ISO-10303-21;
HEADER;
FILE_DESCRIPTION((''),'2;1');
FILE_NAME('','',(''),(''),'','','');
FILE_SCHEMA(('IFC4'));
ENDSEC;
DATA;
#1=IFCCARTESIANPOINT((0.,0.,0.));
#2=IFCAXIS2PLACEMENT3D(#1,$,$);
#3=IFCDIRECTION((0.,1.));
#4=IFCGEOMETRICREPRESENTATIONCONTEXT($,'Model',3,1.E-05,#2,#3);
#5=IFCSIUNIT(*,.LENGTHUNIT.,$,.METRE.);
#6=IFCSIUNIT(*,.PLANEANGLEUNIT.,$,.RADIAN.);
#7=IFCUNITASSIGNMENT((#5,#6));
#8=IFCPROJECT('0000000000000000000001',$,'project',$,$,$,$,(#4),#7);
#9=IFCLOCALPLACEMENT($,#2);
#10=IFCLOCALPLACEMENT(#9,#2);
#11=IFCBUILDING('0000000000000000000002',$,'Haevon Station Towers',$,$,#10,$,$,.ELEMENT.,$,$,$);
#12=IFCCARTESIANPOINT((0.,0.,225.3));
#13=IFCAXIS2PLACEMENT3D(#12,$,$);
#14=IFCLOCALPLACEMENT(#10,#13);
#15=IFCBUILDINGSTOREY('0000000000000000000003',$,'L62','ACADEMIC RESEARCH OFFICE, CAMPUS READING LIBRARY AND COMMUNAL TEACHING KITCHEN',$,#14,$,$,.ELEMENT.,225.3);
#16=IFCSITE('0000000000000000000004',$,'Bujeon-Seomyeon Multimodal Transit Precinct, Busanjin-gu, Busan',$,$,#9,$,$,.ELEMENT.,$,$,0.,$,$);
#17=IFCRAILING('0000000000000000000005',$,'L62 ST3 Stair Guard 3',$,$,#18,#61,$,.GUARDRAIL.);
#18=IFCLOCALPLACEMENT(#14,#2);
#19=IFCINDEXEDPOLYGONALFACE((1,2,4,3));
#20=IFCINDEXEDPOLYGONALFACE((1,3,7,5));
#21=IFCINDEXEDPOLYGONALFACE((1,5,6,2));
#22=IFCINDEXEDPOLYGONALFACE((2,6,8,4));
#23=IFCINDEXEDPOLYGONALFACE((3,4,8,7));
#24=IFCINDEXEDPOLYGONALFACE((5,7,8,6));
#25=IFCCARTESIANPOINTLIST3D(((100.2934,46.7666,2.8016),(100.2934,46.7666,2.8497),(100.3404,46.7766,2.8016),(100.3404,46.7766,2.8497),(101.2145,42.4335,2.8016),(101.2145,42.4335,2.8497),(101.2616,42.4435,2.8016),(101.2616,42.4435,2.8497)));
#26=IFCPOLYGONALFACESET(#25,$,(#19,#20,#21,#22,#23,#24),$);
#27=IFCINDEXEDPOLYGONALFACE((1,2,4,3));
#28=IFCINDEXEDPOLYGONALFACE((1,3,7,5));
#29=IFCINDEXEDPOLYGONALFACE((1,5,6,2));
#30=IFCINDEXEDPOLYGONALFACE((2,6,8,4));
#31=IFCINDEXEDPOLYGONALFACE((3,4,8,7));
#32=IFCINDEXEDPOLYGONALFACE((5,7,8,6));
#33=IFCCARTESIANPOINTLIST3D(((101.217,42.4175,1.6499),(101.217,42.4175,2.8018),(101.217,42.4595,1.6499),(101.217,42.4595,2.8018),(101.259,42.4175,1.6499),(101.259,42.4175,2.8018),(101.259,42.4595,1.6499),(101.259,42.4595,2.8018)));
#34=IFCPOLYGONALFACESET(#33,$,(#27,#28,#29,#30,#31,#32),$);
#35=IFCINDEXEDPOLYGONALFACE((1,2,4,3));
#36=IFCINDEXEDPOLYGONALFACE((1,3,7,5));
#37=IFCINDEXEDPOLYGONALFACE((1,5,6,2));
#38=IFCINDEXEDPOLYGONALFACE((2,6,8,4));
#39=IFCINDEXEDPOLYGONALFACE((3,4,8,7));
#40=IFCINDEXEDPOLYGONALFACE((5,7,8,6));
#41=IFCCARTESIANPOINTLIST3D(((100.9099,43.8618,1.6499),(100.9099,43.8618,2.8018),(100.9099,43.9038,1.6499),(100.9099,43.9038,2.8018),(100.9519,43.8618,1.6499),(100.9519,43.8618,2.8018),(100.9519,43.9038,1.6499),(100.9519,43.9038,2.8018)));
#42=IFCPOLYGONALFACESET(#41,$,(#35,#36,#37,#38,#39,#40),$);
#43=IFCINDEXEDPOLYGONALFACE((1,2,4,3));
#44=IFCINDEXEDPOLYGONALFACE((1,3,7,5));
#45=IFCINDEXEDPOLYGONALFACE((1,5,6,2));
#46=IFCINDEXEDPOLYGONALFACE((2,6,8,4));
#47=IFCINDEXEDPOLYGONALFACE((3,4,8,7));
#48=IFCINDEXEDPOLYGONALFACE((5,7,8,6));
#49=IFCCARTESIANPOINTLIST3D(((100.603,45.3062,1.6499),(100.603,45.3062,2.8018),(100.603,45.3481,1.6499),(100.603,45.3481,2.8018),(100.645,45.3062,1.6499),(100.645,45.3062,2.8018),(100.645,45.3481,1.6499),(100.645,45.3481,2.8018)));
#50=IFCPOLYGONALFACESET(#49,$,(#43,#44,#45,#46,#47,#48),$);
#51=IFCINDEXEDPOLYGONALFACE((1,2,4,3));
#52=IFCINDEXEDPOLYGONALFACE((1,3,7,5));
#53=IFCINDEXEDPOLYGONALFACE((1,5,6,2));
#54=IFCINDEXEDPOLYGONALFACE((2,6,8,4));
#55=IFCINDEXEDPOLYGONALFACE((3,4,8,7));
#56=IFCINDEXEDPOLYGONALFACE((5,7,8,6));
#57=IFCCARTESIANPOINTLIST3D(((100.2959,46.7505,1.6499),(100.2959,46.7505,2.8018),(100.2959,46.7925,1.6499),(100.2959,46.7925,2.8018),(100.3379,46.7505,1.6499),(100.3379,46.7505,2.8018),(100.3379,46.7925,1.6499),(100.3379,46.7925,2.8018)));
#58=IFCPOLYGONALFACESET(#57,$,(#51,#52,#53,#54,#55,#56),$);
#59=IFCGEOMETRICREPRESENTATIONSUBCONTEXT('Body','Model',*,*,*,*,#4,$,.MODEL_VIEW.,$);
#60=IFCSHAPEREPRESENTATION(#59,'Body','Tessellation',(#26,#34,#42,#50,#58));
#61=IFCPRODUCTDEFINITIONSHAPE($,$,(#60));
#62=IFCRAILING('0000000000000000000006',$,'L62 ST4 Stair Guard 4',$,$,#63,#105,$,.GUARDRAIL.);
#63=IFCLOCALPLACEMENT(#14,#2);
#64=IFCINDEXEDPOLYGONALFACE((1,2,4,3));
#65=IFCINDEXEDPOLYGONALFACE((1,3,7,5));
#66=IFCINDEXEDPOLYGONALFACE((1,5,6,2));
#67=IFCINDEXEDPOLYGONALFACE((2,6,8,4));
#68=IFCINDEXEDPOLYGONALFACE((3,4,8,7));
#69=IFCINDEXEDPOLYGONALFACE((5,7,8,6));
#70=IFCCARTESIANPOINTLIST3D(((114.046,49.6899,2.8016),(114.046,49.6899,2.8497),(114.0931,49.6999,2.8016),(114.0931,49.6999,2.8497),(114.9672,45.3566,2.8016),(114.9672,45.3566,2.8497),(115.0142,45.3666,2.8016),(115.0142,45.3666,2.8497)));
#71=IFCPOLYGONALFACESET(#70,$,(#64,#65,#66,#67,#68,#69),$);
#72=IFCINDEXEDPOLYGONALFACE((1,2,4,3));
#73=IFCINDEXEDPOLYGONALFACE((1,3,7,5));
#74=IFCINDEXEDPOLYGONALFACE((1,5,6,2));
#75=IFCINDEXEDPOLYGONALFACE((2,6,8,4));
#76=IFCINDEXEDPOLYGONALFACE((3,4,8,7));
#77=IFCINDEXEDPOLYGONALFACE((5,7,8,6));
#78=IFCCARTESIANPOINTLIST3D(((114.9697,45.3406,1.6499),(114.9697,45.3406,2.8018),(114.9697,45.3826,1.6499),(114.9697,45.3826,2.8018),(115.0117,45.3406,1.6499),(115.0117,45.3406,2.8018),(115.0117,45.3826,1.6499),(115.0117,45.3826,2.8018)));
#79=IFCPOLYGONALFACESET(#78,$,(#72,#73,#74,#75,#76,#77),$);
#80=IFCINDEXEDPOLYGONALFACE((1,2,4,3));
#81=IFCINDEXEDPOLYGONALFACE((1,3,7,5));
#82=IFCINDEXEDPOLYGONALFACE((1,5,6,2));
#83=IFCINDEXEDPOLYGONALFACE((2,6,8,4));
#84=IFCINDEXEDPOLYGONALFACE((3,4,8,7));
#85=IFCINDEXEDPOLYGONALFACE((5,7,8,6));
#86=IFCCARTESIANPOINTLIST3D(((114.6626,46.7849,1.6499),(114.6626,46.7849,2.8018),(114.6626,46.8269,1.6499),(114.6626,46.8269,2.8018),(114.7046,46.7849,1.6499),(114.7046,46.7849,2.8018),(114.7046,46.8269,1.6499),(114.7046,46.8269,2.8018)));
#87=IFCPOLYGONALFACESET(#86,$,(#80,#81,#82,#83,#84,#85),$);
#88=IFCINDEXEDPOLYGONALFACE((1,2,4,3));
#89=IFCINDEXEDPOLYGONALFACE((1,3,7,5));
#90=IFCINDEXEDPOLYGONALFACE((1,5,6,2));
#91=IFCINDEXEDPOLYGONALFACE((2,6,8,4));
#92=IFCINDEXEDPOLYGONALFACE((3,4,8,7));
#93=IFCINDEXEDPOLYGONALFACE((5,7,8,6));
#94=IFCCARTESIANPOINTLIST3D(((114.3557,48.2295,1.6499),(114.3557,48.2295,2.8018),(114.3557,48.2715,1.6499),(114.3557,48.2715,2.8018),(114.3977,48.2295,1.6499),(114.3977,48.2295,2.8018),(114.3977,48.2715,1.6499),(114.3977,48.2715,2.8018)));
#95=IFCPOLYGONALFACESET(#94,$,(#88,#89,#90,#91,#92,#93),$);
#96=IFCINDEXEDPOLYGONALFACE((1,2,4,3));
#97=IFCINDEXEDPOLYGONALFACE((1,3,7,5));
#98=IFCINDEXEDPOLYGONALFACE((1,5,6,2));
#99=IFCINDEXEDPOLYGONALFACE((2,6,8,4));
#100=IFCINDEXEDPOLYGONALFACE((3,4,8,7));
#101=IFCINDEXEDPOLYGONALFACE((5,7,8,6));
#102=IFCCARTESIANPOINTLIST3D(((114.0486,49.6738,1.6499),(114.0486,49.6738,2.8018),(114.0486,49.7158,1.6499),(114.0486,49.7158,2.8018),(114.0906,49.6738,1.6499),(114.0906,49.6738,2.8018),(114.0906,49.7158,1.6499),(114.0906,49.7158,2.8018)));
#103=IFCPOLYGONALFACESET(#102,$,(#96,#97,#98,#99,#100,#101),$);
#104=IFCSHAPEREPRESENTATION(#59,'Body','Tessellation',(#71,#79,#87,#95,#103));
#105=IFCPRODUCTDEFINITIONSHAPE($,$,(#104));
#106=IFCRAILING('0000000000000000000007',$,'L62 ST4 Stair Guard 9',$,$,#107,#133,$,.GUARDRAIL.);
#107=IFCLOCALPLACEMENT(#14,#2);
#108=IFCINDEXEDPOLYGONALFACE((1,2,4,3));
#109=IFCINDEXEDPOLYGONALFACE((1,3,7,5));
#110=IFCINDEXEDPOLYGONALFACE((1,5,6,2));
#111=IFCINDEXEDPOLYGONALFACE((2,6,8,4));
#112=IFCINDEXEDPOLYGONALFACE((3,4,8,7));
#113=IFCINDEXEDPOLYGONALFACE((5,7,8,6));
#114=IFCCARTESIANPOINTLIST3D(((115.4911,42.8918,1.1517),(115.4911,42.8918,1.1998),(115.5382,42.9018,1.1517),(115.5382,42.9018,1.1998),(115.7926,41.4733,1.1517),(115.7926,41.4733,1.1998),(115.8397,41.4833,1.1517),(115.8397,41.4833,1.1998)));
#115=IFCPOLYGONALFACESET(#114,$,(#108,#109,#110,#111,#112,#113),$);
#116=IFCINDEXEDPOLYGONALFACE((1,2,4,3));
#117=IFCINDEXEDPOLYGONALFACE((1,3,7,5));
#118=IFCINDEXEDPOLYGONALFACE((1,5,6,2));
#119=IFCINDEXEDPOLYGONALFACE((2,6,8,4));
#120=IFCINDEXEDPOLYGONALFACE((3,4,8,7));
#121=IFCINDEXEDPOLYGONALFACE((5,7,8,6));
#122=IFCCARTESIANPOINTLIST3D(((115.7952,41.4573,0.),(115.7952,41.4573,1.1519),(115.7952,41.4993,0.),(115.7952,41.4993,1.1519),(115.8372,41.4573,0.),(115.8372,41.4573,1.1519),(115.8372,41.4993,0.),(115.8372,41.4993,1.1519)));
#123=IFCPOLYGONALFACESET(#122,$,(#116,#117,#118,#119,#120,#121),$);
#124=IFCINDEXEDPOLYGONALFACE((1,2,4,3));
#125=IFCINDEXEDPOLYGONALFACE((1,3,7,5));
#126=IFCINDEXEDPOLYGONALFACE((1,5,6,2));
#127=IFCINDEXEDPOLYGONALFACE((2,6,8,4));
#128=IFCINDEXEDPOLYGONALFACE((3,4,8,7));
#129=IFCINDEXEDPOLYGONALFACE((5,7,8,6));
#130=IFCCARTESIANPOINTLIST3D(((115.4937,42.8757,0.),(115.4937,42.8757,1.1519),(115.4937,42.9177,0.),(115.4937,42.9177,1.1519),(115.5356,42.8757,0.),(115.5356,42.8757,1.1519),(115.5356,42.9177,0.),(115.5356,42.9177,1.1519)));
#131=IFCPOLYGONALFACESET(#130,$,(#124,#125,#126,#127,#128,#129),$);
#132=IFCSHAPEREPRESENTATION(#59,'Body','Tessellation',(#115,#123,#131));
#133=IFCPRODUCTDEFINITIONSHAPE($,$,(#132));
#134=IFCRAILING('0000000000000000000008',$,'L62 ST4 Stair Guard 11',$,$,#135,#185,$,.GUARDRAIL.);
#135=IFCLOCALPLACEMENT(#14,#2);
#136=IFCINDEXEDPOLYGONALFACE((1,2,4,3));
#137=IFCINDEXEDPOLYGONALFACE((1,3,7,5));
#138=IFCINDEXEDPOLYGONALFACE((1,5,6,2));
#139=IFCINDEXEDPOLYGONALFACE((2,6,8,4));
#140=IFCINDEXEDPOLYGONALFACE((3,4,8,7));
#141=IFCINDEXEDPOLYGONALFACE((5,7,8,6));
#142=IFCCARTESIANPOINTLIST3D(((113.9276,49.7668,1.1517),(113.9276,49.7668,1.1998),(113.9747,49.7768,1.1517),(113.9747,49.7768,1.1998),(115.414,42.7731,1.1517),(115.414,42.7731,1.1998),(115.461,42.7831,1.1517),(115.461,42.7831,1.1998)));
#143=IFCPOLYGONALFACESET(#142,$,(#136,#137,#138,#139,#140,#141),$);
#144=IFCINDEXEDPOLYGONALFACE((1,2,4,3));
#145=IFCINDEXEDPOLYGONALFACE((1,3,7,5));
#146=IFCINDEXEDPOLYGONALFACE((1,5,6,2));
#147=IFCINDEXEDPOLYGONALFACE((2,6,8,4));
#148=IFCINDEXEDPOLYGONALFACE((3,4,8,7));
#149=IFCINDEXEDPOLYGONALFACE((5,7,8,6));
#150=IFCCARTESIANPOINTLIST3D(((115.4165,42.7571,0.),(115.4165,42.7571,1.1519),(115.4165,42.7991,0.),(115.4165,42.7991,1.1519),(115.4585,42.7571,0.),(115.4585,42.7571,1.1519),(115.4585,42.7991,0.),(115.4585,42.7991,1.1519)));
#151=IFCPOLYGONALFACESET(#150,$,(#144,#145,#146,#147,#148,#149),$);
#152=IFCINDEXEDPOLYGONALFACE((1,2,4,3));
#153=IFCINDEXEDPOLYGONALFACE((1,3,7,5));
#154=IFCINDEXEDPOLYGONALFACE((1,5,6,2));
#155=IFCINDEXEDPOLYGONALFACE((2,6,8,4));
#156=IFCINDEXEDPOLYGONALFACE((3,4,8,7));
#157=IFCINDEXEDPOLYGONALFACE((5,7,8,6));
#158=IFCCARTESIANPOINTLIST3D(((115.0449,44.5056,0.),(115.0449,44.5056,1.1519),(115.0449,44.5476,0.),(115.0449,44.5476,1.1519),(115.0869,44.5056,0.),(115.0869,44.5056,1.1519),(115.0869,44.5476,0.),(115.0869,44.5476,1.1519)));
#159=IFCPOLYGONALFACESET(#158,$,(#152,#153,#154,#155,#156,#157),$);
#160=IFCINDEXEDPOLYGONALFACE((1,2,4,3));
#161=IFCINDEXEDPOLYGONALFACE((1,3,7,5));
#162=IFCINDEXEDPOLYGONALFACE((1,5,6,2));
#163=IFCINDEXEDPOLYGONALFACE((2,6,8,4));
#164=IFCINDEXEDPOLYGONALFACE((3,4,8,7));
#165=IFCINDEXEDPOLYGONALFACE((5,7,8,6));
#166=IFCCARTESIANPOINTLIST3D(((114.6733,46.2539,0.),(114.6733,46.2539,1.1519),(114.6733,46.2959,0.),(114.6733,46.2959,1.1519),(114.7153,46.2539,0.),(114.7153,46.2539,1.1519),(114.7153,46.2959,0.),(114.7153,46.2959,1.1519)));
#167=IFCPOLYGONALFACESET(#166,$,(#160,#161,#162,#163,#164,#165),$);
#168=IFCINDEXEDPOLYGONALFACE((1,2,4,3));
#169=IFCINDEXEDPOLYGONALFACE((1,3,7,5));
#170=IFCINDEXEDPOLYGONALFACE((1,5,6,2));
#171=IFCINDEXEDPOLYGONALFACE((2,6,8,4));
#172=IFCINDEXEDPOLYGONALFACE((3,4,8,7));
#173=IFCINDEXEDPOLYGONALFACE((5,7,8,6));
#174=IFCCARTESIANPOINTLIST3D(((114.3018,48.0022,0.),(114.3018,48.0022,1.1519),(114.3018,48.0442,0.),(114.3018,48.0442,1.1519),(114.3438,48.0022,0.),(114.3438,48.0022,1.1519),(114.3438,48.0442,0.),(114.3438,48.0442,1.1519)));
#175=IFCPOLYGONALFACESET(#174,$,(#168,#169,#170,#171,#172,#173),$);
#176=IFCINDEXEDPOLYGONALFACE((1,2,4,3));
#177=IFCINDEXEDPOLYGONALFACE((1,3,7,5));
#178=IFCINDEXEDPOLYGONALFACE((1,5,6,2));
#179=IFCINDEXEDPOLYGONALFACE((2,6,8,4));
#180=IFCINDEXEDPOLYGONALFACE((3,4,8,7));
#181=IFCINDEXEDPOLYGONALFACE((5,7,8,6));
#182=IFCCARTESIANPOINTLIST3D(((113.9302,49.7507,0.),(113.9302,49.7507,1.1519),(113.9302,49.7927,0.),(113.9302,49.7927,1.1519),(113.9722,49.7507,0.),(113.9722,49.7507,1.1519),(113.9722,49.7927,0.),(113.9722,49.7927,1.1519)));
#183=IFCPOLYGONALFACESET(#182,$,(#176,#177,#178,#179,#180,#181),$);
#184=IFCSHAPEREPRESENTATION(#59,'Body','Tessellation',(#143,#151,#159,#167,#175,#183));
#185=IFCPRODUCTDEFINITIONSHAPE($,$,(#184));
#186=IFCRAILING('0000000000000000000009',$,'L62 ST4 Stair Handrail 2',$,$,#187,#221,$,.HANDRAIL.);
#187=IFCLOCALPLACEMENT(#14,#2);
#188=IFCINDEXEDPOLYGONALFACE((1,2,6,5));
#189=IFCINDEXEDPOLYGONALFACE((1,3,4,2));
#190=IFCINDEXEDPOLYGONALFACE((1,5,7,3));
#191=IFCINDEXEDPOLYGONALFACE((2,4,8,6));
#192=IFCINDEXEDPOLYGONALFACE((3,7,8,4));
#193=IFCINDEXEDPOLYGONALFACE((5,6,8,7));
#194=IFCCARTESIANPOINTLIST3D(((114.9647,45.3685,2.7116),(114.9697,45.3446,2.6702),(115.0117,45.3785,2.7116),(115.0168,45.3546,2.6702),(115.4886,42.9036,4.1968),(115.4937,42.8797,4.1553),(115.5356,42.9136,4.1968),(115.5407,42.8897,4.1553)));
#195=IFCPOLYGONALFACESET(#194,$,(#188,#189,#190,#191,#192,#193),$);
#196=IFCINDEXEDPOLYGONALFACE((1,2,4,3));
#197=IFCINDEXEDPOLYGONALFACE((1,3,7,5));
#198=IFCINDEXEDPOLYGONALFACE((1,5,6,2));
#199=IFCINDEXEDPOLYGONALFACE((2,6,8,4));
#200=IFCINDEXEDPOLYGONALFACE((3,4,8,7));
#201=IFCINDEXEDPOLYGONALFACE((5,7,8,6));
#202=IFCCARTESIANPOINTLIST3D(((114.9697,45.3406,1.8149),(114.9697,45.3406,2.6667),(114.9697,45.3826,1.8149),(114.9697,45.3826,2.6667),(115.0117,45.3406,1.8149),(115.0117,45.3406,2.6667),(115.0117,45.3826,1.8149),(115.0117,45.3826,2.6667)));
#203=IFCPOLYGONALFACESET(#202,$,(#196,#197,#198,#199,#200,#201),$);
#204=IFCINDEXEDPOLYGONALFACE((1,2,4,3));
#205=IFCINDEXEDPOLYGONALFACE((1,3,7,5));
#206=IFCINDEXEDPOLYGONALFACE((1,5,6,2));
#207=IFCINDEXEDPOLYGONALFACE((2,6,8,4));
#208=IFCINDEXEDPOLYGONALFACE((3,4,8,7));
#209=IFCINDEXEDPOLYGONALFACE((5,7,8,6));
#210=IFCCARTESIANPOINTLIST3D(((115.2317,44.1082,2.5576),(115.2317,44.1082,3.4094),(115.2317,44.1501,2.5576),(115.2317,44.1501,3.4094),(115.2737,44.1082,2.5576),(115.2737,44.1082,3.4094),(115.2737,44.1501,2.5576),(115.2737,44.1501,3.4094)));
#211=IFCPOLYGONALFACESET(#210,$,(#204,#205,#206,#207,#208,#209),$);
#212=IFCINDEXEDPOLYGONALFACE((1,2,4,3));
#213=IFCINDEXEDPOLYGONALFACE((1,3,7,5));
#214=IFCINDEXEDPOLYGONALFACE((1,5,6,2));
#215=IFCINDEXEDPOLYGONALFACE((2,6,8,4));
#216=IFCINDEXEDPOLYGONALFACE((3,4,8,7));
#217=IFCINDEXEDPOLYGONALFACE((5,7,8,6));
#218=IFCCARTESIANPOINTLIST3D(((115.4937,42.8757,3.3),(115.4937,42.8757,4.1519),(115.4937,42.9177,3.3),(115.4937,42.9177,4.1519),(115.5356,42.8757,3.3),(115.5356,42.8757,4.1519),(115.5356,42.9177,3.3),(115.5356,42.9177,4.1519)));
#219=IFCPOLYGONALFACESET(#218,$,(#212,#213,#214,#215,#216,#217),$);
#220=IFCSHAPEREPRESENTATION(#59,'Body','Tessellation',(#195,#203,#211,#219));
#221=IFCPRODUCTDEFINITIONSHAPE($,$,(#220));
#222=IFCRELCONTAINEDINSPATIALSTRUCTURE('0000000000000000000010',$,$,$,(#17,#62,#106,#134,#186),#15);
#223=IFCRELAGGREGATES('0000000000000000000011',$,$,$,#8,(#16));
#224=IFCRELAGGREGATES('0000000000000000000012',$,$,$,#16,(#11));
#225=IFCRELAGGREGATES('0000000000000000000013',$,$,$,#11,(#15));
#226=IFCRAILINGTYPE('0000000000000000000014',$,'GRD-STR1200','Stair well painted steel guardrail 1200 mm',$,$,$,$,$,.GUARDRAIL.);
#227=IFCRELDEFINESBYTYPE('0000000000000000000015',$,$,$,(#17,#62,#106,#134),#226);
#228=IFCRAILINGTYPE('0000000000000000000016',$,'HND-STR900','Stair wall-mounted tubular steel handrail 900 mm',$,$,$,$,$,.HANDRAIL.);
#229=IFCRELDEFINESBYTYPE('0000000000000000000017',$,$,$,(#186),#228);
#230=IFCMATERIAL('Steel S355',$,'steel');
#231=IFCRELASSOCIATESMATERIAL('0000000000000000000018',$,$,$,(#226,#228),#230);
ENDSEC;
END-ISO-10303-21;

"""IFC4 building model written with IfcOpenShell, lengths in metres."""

from ifc_helpers import new_model, si_unit, direction, frame, origin, origin_2d, place, context, subcontext, project, spatial, rectangle, extrude, material, type_object, element, save


model = new_model("IFC4")

# Units and contexts
model_context = context("Model", 3, precision=1e-05, world=origin(), true_north=direction((0.0, 1.0)))
body_context = subcontext(model_context, "Body", "Model", "MODEL_VIEW")
ifc_project = project(units=[si_unit("LENGTHUNIT", "METRE"), si_unit("PLANEANGLEUNIT", "RADIAN")], contexts=[model_context])

# Site, building, storey
site_placement = place(None, origin())
site = spatial("IfcSite", under=ifc_project, at=site_placement, Name="Bujeon-Seomyeon Multimodal Transit Precinct, Busanjin-gu, Busan", CompositionType="ELEMENT", RefElevation=0.0)
building_placement = place(site_placement, origin())
building = spatial("IfcBuilding", under=site, at=building_placement, Name="Haevon Station Towers", CompositionType="ELEMENT")
storey_placement = place(building_placement, frame((0.0, 0.0, 225.3)))
storey = spatial("IfcBuildingStorey", under=building, at=storey_placement, Name="L62", Description="ACADEMIC RESEARCH OFFICE, CAMPUS READING LIBRARY AND COMMUNAL TEACHING KITCHEN", CompositionType="ELEMENT", Elevation=225.3)

# Shared definitions
ifc_material_1 = material(Name="Steel S355", Category="steel")

# Railings
railing_type_1 = type_object("IfcRailingType", Name="GRD-STR1200", Description="Stair well painted steel guardrail 1200 mm", PredefinedType="GUARDRAIL", material=ifc_material_1)
railing_1_placement = place(storey_placement, frame((101.238, 42.4385, 1.6499)))
element("IfcRailing", 1, at=railing_1_placement, inside=storey, type_object=railing_type_1, Name="L62 ST3 Stair Guard 3", PredefinedType="GUARDRAIL", context=body_context, shape_type="SweptSolid", body=[
    extrude(rectangle(XDim=0.0481, YDim=0.0481, at=origin_2d()), frame((0.0, 0.0, 1.1758), z_axis=(-0.20794, 0.978141, 0.0), x_axis=(-0.978141, -0.20794, 0.0)), (0.0, 0.0, 1.0), 4.4299),
    extrude(rectangle(XDim=0.042, YDim=0.042, at=origin_2d()), origin(), (0.0, 0.0, 1.0), 1.1519),
    extrude(rectangle(XDim=0.042, YDim=0.042, at=origin_2d()), frame((-0.3071, 1.4443, 0.0)), (0.0, 0.0, 1.0), 1.1519),
    extrude(rectangle(XDim=0.042, YDim=0.042, at=origin_2d()), frame((-0.614, 2.8887, 0.0)), (0.0, 0.0, 1.0), 1.1519),
    extrude(rectangle(XDim=0.042, YDim=0.042, at=origin_2d()), frame((-0.9211, 4.333, 0.0)), (0.0, 0.0, 1.0), 1.1519),
])
railing_2_placement = place(storey_placement, frame((114.9907, 45.3616, 1.6499)))
element("IfcRailing", 2, at=railing_2_placement, inside=storey, type_object=railing_type_1, Name="L62 ST4 Stair Guard 4", PredefinedType="GUARDRAIL", context=body_context, shape_type="SweptSolid", body=[
    extrude(rectangle(XDim=0.0481, YDim=0.0481, at=origin_2d()), frame((0.0, 0.0, 1.1758), z_axis=(-0.207929, 0.978144, 0.0), x_axis=(-0.978144, -0.207929, 0.0)), (0.0, 0.0, 1.0), 4.4302),
    extrude(rectangle(XDim=0.042, YDim=0.042, at=origin_2d()), origin(), (0.0, 0.0, 1.0), 1.1519),
    extrude(rectangle(XDim=0.042, YDim=0.042, at=origin_2d()), frame((-0.3071, 1.4443, 0.0)), (0.0, 0.0, 1.0), 1.1519),
    extrude(rectangle(XDim=0.042, YDim=0.042, at=origin_2d()), frame((-0.614, 2.8889, 0.0)), (0.0, 0.0, 1.0), 1.1519),
    extrude(rectangle(XDim=0.042, YDim=0.042, at=origin_2d()), frame((-0.9211, 4.3333, 0.0)), (0.0, 0.0, 1.0), 1.1519),
])
railing_3_placement = place(storey_placement, frame((115.8162, 41.4783, 0.0)))
element("IfcRailing", 3, at=railing_3_placement, inside=storey, type_object=railing_type_1, Name="L62 ST4 Stair Guard 9", PredefinedType="GUARDRAIL", context=body_context, shape_type="SweptSolid", body=[
    extrude(rectangle(XDim=0.0481, YDim=0.0481, at=origin_2d()), frame((0.0, 0.0, 1.1758), z_axis=(-0.207919, 0.978146, 0.0), x_axis=(-0.978146, -0.207919, 0.0)), (0.0, 0.0, 1.0), 1.4502),
    extrude(rectangle(XDim=0.042, YDim=0.042, at=origin_2d()), origin(), (0.0, 0.0, 1.0), 1.1519),
    extrude(rectangle(XDim=0.042, YDim=0.042, at=origin_2d()), frame((-0.3015, 1.4185, 0.0)), (0.0, 0.0, 1.0), 1.1519),
])
railing_4_placement = place(storey_placement, frame((115.4375, 42.7781, 0.0)))
element("IfcRailing", 4, at=railing_4_placement, inside=storey, type_object=railing_type_1, Name="L62 ST4 Stair Guard 11", PredefinedType="GUARDRAIL", context=body_context, shape_type="SweptSolid", body=[
    extrude(rectangle(XDim=0.0481, YDim=0.0481, at=origin_2d()), frame((0.0, 0.0, 1.1758), z_axis=(-0.207882, 0.978154, 0.0), x_axis=(-0.978154, -0.207882, 0.0)), (0.0, 0.0, 1.0), 7.1499),
    extrude(rectangle(XDim=0.042, YDim=0.042, at=origin_2d()), origin(), (0.0, 0.0, 1.0), 1.1519),
    extrude(rectangle(XDim=0.042, YDim=0.042, at=origin_2d()), frame((-0.3716, 1.7485, 0.0)), (0.0, 0.0, 1.0), 1.1519),
    extrude(rectangle(XDim=0.042, YDim=0.042, at=origin_2d()), frame((-0.7432, 3.4968, 0.0)), (0.0, 0.0, 1.0), 1.1519),
    extrude(rectangle(XDim=0.042, YDim=0.042, at=origin_2d()), frame((-1.1147, 5.2451, 0.0)), (0.0, 0.0, 1.0), 1.1519),
    extrude(rectangle(XDim=0.042, YDim=0.042, at=origin_2d()), frame((-1.4863, 6.9937, 0.0)), (0.0, 0.0, 1.0), 1.1519),
])
railing_type_2 = type_object("IfcRailingType", Name="HND-STR900", Description="Stair wall-mounted tubular steel handrail 900 mm", PredefinedType="HANDRAIL", material=ifc_material_1)
railing_5_placement = place(storey_placement, frame((114.9907, 45.3616, 1.8149)))
element("IfcRailing", 5, at=railing_5_placement, inside=storey, type_object=railing_type_2, Name="L62 ST4 Stair Handrail 2", PredefinedType="HANDRAIL", context=body_context, shape_type="SweptSolid", body=[
    extrude(rectangle(XDim=0.0481, YDim=0.0481, at=origin_2d()), frame((0.0, 0.0, 0.876), z_axis=(0.179121, -0.842688, 0.507733), x_axis=(0.978147, 0.207914, 0.0)), (0.0, 0.0, 1.0), 2.925),
    extrude(rectangle(XDim=0.042, YDim=0.042, at=origin_2d()), origin(), (0.0, 0.0, 1.0), 0.8518),
    extrude(rectangle(XDim=0.042, YDim=0.042, at=origin_2d()), frame((0.262, -1.2324, 0.7427)), (0.0, 0.0, 1.0), 0.8518),
    extrude(rectangle(XDim=0.042, YDim=0.042, at=origin_2d()), frame((0.5239, -2.4648, 1.4851)), (0.0, 0.0, 1.0), 0.8518),
])

save(model, "model.ifc")
